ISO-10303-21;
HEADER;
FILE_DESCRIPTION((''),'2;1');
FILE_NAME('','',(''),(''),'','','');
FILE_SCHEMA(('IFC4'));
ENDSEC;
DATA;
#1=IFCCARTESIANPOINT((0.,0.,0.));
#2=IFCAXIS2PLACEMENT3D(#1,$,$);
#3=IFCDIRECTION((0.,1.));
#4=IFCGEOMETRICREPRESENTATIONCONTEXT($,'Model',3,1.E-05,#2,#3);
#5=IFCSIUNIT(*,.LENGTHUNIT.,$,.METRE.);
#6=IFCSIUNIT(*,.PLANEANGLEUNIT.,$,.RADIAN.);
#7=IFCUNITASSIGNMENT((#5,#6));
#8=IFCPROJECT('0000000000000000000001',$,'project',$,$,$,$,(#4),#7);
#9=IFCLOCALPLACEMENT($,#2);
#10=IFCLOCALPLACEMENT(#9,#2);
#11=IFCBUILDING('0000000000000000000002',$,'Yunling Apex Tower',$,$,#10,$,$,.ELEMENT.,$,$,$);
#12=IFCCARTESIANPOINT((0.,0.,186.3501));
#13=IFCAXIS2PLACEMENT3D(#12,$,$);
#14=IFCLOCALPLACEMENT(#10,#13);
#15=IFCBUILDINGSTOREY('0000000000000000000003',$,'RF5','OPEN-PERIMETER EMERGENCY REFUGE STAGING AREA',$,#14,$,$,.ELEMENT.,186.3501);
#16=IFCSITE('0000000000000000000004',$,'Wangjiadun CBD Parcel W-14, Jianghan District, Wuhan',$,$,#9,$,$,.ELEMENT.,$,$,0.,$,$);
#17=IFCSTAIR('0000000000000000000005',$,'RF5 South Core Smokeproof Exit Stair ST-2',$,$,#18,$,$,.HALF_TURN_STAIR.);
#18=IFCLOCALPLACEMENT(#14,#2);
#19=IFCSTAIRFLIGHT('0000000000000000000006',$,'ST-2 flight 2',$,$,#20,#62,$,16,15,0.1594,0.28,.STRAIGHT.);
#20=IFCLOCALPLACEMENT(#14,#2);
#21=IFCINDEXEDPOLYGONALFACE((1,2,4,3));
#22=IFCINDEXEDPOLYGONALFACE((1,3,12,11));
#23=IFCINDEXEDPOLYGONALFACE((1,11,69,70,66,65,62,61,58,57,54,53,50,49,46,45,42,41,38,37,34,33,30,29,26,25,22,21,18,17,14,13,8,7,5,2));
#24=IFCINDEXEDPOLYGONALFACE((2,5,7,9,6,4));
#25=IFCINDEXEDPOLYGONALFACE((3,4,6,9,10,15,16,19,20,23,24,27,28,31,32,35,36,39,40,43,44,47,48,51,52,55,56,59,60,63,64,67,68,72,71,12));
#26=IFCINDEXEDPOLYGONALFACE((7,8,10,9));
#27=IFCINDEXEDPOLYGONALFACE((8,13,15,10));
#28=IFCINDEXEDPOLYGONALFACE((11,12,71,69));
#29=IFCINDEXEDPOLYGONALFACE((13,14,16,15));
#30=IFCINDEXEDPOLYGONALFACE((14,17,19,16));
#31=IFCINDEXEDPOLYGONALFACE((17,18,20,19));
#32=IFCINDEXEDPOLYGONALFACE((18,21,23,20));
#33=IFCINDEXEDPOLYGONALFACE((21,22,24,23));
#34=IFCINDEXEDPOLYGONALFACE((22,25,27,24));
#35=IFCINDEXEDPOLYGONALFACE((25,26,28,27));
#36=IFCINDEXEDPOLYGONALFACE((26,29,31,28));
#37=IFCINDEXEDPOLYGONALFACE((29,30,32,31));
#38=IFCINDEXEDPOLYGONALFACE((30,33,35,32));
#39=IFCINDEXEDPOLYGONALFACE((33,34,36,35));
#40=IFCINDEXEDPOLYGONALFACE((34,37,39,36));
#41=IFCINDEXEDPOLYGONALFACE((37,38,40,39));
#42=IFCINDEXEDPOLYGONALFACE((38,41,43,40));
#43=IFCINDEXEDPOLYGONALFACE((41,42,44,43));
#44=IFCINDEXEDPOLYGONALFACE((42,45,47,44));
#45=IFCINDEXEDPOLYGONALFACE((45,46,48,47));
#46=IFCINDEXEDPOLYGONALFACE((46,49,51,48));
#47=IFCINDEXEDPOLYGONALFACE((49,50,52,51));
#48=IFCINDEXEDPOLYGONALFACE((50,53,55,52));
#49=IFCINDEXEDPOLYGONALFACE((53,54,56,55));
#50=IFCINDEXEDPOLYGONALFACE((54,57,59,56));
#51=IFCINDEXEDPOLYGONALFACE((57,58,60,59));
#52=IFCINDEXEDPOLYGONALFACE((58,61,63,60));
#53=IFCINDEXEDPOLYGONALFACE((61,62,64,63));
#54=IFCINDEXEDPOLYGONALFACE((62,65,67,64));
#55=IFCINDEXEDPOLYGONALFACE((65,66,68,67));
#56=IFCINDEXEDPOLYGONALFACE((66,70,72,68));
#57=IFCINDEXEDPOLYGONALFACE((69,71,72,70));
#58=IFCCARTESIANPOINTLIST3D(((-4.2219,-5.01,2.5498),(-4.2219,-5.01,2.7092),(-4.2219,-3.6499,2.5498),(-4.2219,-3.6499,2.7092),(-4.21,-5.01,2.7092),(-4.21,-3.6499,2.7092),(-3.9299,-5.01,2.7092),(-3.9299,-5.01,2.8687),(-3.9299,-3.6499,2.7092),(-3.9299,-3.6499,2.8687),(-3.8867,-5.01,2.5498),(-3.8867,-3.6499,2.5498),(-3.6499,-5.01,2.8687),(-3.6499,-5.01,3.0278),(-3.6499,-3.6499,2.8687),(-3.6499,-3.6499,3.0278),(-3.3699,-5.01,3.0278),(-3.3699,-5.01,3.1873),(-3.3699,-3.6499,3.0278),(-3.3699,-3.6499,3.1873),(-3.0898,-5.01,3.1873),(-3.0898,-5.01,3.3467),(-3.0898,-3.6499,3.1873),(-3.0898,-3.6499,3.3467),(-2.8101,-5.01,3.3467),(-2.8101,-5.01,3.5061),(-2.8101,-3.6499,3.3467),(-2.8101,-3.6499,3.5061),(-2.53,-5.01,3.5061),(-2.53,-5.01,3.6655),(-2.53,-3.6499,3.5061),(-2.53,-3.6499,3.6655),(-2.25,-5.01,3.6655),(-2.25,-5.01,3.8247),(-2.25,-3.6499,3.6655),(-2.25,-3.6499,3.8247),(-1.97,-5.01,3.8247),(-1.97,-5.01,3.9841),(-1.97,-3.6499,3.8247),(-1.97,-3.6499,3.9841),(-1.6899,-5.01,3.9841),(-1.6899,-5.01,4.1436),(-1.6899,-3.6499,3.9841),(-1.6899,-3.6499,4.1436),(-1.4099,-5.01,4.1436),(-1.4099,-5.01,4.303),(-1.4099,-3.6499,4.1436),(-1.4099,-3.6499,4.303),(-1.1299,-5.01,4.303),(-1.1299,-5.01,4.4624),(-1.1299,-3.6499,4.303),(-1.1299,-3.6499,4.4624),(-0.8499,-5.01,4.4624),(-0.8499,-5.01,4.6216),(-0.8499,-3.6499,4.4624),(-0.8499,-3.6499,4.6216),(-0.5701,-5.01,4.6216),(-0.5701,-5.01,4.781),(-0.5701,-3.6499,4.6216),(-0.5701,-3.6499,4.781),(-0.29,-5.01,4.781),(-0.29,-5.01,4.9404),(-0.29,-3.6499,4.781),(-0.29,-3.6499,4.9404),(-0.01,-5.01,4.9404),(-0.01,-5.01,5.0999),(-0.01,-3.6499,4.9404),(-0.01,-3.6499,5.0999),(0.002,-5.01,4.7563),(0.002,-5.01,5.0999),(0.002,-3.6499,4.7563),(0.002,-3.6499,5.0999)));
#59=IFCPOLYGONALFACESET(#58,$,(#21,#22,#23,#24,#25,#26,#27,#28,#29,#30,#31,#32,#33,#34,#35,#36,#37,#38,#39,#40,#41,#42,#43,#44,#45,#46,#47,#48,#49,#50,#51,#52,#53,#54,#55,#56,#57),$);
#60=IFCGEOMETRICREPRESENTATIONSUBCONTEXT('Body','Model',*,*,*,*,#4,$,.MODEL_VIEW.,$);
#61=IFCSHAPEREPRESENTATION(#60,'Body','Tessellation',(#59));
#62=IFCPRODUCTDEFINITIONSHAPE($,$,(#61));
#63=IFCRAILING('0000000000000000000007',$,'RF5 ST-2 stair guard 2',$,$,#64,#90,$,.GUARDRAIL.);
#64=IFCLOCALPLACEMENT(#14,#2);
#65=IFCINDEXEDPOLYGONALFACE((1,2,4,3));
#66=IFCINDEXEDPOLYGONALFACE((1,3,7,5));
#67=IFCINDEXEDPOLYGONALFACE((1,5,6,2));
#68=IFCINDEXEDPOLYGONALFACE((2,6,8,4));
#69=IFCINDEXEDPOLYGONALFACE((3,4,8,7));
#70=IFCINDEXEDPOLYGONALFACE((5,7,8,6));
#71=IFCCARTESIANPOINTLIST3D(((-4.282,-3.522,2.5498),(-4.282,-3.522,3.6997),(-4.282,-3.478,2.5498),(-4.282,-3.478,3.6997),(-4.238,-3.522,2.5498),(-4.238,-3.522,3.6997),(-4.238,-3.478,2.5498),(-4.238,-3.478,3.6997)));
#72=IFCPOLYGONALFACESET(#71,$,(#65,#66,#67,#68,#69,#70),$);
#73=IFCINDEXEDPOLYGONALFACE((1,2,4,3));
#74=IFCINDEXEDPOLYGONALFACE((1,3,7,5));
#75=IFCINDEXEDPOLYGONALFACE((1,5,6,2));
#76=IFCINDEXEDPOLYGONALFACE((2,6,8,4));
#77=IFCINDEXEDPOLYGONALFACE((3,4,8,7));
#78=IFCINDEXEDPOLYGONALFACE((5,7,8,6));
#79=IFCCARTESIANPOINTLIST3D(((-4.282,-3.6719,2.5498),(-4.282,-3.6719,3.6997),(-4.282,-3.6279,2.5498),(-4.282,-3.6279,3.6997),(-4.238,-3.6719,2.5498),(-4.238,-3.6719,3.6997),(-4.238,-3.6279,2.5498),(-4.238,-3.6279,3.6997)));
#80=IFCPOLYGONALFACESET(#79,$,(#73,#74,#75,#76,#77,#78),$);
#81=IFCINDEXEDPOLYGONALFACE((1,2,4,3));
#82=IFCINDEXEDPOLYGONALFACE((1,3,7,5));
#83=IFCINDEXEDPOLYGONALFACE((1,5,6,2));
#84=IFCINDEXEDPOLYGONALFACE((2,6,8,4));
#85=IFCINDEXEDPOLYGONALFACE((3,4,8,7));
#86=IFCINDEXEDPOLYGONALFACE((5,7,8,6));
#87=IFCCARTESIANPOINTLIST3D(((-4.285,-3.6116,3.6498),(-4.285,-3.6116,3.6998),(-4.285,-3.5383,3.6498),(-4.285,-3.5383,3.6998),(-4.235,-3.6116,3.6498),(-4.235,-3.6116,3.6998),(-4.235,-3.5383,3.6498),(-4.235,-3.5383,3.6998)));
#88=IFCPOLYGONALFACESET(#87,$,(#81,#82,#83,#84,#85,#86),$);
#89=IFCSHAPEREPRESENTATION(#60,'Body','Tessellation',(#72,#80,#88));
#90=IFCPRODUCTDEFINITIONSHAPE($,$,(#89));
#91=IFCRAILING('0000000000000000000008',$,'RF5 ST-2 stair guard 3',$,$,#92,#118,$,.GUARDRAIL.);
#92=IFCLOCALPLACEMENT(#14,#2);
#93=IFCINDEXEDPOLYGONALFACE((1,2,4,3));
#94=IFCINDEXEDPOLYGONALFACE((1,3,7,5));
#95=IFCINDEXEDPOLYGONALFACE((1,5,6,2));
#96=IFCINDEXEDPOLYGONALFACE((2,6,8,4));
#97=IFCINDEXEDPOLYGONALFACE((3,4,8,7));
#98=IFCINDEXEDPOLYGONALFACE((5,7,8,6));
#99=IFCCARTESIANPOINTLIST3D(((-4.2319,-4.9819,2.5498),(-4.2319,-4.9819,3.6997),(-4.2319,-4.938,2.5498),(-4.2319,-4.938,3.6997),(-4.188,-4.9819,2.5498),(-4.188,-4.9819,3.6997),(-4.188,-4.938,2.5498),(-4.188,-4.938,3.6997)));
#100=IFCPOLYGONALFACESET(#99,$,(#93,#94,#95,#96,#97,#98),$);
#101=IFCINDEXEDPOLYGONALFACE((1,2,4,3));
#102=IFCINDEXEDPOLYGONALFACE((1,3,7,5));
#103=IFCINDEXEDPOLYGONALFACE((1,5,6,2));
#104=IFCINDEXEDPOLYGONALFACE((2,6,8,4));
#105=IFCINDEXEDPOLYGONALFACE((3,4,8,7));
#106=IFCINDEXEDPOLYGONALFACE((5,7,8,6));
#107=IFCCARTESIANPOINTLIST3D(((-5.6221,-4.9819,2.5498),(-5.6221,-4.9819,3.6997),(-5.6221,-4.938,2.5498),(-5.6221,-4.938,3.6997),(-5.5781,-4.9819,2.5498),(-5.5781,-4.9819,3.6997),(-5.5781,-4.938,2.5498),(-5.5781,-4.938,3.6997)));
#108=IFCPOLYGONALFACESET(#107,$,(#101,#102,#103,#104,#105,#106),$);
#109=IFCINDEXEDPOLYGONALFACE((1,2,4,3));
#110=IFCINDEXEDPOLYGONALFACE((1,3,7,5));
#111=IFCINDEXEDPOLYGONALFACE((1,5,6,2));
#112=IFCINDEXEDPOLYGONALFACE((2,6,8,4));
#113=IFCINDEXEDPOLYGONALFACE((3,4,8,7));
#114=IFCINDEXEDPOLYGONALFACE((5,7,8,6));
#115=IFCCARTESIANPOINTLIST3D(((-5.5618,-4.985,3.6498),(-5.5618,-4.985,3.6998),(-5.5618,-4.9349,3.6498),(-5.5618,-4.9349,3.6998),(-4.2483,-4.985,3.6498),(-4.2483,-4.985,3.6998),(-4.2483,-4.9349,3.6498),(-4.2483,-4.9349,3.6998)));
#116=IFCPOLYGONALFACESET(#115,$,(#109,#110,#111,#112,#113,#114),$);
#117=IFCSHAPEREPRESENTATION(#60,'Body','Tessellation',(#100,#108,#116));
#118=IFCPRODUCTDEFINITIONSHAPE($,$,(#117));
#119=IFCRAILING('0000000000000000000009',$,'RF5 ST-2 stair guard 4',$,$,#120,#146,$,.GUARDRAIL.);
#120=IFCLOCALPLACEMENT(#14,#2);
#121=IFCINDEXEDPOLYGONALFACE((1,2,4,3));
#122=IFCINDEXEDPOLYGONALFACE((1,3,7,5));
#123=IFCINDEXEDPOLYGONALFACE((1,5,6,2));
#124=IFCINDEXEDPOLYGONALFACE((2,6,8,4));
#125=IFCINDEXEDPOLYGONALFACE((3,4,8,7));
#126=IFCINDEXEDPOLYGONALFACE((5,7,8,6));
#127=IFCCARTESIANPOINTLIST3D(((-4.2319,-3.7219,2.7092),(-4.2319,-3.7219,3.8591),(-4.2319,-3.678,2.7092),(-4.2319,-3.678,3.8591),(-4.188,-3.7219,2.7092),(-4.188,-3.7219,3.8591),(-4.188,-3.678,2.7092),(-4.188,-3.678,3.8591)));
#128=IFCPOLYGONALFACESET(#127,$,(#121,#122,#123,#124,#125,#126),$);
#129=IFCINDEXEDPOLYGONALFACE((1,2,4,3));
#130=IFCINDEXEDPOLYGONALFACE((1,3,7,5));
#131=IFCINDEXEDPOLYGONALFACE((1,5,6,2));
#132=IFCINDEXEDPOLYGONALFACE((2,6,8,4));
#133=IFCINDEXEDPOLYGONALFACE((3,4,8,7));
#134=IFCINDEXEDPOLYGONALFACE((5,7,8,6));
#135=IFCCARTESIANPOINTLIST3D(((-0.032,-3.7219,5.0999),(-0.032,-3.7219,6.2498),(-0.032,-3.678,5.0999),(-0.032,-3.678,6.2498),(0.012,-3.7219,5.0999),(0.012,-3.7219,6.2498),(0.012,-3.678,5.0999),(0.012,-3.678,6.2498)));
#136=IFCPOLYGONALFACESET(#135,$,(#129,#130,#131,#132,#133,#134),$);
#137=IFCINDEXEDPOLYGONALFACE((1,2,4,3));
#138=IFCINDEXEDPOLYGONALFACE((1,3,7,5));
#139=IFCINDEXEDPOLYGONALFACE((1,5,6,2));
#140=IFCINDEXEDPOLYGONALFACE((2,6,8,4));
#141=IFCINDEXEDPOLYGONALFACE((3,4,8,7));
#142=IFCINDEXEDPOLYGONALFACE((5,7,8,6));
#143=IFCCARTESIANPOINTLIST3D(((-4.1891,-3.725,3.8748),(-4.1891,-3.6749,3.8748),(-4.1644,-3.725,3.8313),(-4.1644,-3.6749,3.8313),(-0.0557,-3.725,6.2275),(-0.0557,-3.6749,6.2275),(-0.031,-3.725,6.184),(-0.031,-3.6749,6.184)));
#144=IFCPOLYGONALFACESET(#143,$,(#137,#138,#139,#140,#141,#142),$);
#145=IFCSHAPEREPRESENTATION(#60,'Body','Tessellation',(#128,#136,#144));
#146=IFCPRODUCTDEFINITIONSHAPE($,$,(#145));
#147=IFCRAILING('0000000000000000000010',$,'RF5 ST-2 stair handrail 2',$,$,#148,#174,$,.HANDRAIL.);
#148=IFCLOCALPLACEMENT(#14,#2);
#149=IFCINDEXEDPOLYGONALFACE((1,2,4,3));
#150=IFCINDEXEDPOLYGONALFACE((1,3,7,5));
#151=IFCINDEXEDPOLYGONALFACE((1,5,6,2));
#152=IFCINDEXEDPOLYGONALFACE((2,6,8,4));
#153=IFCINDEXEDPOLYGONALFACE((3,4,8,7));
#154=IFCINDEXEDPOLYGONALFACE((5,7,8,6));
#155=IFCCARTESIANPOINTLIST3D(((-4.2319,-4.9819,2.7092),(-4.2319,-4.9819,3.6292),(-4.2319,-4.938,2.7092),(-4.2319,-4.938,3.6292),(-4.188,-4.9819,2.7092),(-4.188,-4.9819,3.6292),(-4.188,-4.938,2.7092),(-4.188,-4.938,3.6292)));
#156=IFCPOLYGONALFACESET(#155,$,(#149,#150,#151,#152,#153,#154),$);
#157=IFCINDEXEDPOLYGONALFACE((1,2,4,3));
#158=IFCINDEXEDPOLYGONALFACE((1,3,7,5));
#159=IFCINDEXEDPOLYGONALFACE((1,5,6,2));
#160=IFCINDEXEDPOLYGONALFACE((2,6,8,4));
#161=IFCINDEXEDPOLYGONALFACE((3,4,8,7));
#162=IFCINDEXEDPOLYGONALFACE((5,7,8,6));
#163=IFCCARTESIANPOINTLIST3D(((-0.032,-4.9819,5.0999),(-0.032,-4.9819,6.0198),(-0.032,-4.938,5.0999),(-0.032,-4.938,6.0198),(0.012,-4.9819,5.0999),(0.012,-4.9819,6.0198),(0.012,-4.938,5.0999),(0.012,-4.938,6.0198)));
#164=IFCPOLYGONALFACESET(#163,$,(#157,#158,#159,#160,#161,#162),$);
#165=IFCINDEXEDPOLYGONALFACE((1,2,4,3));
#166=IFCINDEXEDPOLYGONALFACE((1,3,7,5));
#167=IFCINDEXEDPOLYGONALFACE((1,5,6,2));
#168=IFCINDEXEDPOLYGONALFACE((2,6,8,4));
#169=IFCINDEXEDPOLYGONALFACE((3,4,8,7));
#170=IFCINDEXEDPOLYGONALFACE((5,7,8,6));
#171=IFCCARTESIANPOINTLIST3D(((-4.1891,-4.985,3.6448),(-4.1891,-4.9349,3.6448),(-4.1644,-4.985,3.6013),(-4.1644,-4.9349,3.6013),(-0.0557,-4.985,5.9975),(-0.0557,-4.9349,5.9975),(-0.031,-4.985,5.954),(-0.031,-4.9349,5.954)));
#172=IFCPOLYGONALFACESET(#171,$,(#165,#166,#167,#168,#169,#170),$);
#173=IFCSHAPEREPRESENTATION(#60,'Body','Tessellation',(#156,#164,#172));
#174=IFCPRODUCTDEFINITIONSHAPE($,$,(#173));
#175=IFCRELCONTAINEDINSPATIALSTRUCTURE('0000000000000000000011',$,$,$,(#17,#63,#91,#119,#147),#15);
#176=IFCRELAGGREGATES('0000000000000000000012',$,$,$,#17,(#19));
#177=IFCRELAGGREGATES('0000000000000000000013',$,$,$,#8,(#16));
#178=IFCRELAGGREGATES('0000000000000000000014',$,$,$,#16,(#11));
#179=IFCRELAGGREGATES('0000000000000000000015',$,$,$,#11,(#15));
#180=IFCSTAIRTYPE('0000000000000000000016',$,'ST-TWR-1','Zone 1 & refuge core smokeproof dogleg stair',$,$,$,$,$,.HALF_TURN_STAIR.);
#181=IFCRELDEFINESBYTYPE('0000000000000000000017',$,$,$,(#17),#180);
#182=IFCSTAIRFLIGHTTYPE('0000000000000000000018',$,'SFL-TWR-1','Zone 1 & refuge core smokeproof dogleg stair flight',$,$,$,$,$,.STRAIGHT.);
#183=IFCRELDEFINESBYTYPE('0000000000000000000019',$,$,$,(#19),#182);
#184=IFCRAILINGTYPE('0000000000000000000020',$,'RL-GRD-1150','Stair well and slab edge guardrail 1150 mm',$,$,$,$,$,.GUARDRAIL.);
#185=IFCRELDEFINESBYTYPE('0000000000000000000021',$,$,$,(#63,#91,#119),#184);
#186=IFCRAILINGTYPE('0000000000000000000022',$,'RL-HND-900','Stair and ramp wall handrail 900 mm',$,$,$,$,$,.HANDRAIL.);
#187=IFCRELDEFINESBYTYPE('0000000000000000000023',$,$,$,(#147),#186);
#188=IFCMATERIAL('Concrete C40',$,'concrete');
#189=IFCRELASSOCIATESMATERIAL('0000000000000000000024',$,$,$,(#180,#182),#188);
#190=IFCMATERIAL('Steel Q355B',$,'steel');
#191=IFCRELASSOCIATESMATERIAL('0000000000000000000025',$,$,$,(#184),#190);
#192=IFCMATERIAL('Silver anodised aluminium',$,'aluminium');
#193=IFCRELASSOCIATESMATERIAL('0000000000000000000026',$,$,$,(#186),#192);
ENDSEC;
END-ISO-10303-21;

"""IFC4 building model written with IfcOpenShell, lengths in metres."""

from ifc_helpers import new_model, si_unit, direction, frame, origin, origin_2d, place, context, subcontext, project, spatial, polyline, rectangle, outline, extrude, material, type_object, element, aggregate, save


model = new_model("IFC4")

# Units and contexts
model_context = context("Model", 3, precision=1e-05, world=origin(), true_north=direction((0.0, 1.0)))
body_context = subcontext(model_context, "Body", "Model", "MODEL_VIEW")
ifc_project = project(units=[si_unit("LENGTHUNIT", "METRE"), si_unit("PLANEANGLEUNIT", "RADIAN")], contexts=[model_context])

# Site, building, storey
site_placement = place(None, origin())
site = spatial("IfcSite", under=ifc_project, at=site_placement, Name="Wangjiadun CBD Parcel W-14, Jianghan District, Wuhan", CompositionType="ELEMENT", RefElevation=0.0)
building_placement = place(site_placement, origin())
building = spatial("IfcBuilding", under=site, at=building_placement, Name="Yunling Apex Tower", CompositionType="ELEMENT")
storey_placement = place(building_placement, frame((0.0, 0.0, 186.3501)))
storey = spatial("IfcBuildingStorey", under=building, at=storey_placement, Name="RF5", Description="OPEN-PERIMETER EMERGENCY REFUGE STAGING AREA", CompositionType="ELEMENT", Elevation=186.3501)

# Shared definitions
ifc_material_1 = material(Name="Steel Q355B", Category="steel")

# Shared definitions
ifc_material_2 = material(Name="Concrete C40", Category="concrete")

# Stair, stair flight
stair_type = type_object("IfcStairType", Name="ST-TWR-1", Description="Zone 1 & refuge core smokeproof dogleg stair", PredefinedType="HALF_TURN_STAIR", material=ifc_material_2)
stair_placement = place(storey_placement, origin())
stair = element("IfcStair", 1, at=stair_placement, inside=storey, type_object=stair_type, Name="RF5 South Core Smokeproof Exit Stair ST-2", PredefinedType="HALF_TURN_STAIR")
stair_flight_type = type_object("IfcStairFlightType", Name="SFL-TWR-1", Description="Zone 1 & refuge core smokeproof dogleg stair flight", PredefinedType="STRAIGHT", material=ifc_material_2)
stair_flight_placement = place(storey_placement, frame((-4.21, -4.3301, 2.5498), z_axis=(0.0, 0.0, 1.0), x_axis=(1.0, 0.0, 0.0)))
stair_flight = element("IfcStairFlight", 2, at=stair_flight_placement, type_object=stair_flight_type, Name="ST-2 flight 2", NumberOfRisers=16, NumberOfTreads=15, PredefinedType="STRAIGHT", RiserHeight=0.1594, TreadLength=0.28, context=body_context, shape_type="SweptSolid", body=[
    extrude(outline(polyline([(-0.012, 0.0), (-0.012, 0.1594), (0.0, 0.1594), (0.28, 0.1594), (0.28, 0.3188), (0.5601, 0.3188), (0.5601, 0.478), (0.8401, 0.478), (0.8401, 0.6375), (1.1201, 0.6375), (1.1201, 0.7969), (1.3999, 0.7969), (1.3999, 0.9563), (1.6799, 0.9563), (1.6799, 1.1157), (1.96, 1.1157), (1.96, 1.2749), (2.24, 1.2749), (2.24, 1.4343), (2.52, 1.4343), (2.52, 1.5938), (2.8, 1.5938), (2.8, 1.7532), (3.0801, 1.7532), (3.0801, 1.9126), (3.3601, 1.9126), (3.3601, 2.0718), (3.6399, 2.0718), (3.6399, 2.2312), (3.9199, 2.2312), (3.9199, 2.3906), (4.2, 2.3906), (4.2, 2.55), (4.2119, 2.55), (4.2119, 2.2065), (0.3232, 0.0), (-0.012, 0.0)])), frame((0.0, 0.6802, 0.0), z_axis=(0.0, -1.0, 0.0), x_axis=(1.0, 0.0, 0.0)), (0.0, 0.0, 1.0), 1.3601),
])
aggregate(stair, [stair_flight])

# Railings
railing_type_1 = type_object("IfcRailingType", Name="RL-GRD-1150", Description="Stair well and slab edge guardrail 1150 mm", PredefinedType="GUARDRAIL", material=ifc_material_1)
railing_1_placement = place(storey_placement, frame((-4.26, -3.5, 2.5498)))
element("IfcRailing", 3, at=railing_1_placement, inside=storey, type_object=railing_type_1, Name="RF5 ST-2 stair guard 2", PredefinedType="GUARDRAIL", context=body_context, shape_type="SweptSolid", body=[
    extrude(rectangle(XDim=0.0439, YDim=0.0439, at=origin_2d()), origin(), (0.0, 0.0, 1.0), 1.1499),
    extrude(rectangle(XDim=0.0439, YDim=0.0439, at=origin_2d()), frame((0.0, -0.1499, 0.0)), (0.0, 0.0, 1.0), 1.1499),
    extrude(rectangle(XDim=0.05, YDim=0.05, at=origin_2d()), frame((0.0, -0.0383, 1.125), z_axis=(0.0, -1.0, 0.0), x_axis=(1.0, 0.0, 0.0)), (0.0, 0.0, 1.0), 0.0732),
])
railing_2_placement = place(storey_placement, frame((-4.21, -4.96, 2.5498)))
element("IfcRailing", 4, at=railing_2_placement, inside=storey, type_object=railing_type_1, Name="RF5 ST-2 stair guard 3", PredefinedType="GUARDRAIL", context=body_context, shape_type="SweptSolid", body=[
    extrude(rectangle(XDim=0.0439, YDim=0.0439, at=origin_2d()), origin(), (0.0, 0.0, 1.0), 1.1499),
    extrude(rectangle(XDim=0.0439, YDim=0.0439, at=origin_2d()), frame((-1.3901, 0.0, 0.0)), (0.0, 0.0, 1.0), 1.1499),
    extrude(rectangle(XDim=0.05, YDim=0.05, at=origin_2d()), frame((-0.0383, 0.0, 1.125), z_axis=(-1.0, 0.0, 0.0), x_axis=(0.0, -1.0, 0.0)), (0.0, 0.0, 1.0), 1.3135),
])
railing_3_placement = place(storey_placement, frame((-4.21, -3.7, 2.7092)))
element("IfcRailing", 5, at=railing_3_placement, inside=storey, type_object=railing_type_1, Name="RF5 ST-2 stair guard 4", PredefinedType="GUARDRAIL", context=body_context, shape_type="SweptSolid", body=[
    extrude(rectangle(XDim=0.0439, YDim=0.0439, at=origin_2d()), origin(), (0.0, 0.0, 1.0), 1.1499),
    extrude(rectangle(XDim=0.0439, YDim=0.0439, at=origin_2d()), frame((4.2, 0.0, 2.3906)), (0.0, 0.0, 1.0), 1.1499),
    extrude(rectangle(XDim=0.05, YDim=0.05, at=origin_2d()), frame((0.0332, 0.0, 1.1438), z_axis=(0.869075, 0.0, 0.49468), x_axis=(0.0, 1.0, 0.0)), (0.0, 0.0, 1.0), 4.7561),
])
ifc_material_3 = material(Name="Silver anodised aluminium", Category="aluminium")
railing_type_2 = type_object("IfcRailingType", Name="RL-HND-900", Description="Stair and ramp wall handrail 900 mm", PredefinedType="HANDRAIL", material=ifc_material_3)
railing_4_placement = place(storey_placement, frame((-4.21, -4.96, 2.7092)))
element("IfcRailing", 6, at=railing_4_placement, inside=storey, type_object=railing_type_2, Name="RF5 ST-2 stair handrail 2", PredefinedType="HANDRAIL", context=body_context, shape_type="SweptSolid", body=[
    extrude(rectangle(XDim=0.0439, YDim=0.0439, at=origin_2d()), origin(), (0.0, 0.0, 1.0), 0.9199),
    extrude(rectangle(XDim=0.0439, YDim=0.0439, at=origin_2d()), frame((4.2, 0.0, 2.3906)), (0.0, 0.0, 1.0), 0.9199),
    extrude(rectangle(XDim=0.05, YDim=0.05, at=origin_2d()), frame((0.0332, 0.0, 0.9138), z_axis=(0.869075, 0.0, 0.49468), x_axis=(0.0, 1.0, 0.0)), (0.0, 0.0, 1.0), 4.7561),
])

save(model, "model.ifc")
